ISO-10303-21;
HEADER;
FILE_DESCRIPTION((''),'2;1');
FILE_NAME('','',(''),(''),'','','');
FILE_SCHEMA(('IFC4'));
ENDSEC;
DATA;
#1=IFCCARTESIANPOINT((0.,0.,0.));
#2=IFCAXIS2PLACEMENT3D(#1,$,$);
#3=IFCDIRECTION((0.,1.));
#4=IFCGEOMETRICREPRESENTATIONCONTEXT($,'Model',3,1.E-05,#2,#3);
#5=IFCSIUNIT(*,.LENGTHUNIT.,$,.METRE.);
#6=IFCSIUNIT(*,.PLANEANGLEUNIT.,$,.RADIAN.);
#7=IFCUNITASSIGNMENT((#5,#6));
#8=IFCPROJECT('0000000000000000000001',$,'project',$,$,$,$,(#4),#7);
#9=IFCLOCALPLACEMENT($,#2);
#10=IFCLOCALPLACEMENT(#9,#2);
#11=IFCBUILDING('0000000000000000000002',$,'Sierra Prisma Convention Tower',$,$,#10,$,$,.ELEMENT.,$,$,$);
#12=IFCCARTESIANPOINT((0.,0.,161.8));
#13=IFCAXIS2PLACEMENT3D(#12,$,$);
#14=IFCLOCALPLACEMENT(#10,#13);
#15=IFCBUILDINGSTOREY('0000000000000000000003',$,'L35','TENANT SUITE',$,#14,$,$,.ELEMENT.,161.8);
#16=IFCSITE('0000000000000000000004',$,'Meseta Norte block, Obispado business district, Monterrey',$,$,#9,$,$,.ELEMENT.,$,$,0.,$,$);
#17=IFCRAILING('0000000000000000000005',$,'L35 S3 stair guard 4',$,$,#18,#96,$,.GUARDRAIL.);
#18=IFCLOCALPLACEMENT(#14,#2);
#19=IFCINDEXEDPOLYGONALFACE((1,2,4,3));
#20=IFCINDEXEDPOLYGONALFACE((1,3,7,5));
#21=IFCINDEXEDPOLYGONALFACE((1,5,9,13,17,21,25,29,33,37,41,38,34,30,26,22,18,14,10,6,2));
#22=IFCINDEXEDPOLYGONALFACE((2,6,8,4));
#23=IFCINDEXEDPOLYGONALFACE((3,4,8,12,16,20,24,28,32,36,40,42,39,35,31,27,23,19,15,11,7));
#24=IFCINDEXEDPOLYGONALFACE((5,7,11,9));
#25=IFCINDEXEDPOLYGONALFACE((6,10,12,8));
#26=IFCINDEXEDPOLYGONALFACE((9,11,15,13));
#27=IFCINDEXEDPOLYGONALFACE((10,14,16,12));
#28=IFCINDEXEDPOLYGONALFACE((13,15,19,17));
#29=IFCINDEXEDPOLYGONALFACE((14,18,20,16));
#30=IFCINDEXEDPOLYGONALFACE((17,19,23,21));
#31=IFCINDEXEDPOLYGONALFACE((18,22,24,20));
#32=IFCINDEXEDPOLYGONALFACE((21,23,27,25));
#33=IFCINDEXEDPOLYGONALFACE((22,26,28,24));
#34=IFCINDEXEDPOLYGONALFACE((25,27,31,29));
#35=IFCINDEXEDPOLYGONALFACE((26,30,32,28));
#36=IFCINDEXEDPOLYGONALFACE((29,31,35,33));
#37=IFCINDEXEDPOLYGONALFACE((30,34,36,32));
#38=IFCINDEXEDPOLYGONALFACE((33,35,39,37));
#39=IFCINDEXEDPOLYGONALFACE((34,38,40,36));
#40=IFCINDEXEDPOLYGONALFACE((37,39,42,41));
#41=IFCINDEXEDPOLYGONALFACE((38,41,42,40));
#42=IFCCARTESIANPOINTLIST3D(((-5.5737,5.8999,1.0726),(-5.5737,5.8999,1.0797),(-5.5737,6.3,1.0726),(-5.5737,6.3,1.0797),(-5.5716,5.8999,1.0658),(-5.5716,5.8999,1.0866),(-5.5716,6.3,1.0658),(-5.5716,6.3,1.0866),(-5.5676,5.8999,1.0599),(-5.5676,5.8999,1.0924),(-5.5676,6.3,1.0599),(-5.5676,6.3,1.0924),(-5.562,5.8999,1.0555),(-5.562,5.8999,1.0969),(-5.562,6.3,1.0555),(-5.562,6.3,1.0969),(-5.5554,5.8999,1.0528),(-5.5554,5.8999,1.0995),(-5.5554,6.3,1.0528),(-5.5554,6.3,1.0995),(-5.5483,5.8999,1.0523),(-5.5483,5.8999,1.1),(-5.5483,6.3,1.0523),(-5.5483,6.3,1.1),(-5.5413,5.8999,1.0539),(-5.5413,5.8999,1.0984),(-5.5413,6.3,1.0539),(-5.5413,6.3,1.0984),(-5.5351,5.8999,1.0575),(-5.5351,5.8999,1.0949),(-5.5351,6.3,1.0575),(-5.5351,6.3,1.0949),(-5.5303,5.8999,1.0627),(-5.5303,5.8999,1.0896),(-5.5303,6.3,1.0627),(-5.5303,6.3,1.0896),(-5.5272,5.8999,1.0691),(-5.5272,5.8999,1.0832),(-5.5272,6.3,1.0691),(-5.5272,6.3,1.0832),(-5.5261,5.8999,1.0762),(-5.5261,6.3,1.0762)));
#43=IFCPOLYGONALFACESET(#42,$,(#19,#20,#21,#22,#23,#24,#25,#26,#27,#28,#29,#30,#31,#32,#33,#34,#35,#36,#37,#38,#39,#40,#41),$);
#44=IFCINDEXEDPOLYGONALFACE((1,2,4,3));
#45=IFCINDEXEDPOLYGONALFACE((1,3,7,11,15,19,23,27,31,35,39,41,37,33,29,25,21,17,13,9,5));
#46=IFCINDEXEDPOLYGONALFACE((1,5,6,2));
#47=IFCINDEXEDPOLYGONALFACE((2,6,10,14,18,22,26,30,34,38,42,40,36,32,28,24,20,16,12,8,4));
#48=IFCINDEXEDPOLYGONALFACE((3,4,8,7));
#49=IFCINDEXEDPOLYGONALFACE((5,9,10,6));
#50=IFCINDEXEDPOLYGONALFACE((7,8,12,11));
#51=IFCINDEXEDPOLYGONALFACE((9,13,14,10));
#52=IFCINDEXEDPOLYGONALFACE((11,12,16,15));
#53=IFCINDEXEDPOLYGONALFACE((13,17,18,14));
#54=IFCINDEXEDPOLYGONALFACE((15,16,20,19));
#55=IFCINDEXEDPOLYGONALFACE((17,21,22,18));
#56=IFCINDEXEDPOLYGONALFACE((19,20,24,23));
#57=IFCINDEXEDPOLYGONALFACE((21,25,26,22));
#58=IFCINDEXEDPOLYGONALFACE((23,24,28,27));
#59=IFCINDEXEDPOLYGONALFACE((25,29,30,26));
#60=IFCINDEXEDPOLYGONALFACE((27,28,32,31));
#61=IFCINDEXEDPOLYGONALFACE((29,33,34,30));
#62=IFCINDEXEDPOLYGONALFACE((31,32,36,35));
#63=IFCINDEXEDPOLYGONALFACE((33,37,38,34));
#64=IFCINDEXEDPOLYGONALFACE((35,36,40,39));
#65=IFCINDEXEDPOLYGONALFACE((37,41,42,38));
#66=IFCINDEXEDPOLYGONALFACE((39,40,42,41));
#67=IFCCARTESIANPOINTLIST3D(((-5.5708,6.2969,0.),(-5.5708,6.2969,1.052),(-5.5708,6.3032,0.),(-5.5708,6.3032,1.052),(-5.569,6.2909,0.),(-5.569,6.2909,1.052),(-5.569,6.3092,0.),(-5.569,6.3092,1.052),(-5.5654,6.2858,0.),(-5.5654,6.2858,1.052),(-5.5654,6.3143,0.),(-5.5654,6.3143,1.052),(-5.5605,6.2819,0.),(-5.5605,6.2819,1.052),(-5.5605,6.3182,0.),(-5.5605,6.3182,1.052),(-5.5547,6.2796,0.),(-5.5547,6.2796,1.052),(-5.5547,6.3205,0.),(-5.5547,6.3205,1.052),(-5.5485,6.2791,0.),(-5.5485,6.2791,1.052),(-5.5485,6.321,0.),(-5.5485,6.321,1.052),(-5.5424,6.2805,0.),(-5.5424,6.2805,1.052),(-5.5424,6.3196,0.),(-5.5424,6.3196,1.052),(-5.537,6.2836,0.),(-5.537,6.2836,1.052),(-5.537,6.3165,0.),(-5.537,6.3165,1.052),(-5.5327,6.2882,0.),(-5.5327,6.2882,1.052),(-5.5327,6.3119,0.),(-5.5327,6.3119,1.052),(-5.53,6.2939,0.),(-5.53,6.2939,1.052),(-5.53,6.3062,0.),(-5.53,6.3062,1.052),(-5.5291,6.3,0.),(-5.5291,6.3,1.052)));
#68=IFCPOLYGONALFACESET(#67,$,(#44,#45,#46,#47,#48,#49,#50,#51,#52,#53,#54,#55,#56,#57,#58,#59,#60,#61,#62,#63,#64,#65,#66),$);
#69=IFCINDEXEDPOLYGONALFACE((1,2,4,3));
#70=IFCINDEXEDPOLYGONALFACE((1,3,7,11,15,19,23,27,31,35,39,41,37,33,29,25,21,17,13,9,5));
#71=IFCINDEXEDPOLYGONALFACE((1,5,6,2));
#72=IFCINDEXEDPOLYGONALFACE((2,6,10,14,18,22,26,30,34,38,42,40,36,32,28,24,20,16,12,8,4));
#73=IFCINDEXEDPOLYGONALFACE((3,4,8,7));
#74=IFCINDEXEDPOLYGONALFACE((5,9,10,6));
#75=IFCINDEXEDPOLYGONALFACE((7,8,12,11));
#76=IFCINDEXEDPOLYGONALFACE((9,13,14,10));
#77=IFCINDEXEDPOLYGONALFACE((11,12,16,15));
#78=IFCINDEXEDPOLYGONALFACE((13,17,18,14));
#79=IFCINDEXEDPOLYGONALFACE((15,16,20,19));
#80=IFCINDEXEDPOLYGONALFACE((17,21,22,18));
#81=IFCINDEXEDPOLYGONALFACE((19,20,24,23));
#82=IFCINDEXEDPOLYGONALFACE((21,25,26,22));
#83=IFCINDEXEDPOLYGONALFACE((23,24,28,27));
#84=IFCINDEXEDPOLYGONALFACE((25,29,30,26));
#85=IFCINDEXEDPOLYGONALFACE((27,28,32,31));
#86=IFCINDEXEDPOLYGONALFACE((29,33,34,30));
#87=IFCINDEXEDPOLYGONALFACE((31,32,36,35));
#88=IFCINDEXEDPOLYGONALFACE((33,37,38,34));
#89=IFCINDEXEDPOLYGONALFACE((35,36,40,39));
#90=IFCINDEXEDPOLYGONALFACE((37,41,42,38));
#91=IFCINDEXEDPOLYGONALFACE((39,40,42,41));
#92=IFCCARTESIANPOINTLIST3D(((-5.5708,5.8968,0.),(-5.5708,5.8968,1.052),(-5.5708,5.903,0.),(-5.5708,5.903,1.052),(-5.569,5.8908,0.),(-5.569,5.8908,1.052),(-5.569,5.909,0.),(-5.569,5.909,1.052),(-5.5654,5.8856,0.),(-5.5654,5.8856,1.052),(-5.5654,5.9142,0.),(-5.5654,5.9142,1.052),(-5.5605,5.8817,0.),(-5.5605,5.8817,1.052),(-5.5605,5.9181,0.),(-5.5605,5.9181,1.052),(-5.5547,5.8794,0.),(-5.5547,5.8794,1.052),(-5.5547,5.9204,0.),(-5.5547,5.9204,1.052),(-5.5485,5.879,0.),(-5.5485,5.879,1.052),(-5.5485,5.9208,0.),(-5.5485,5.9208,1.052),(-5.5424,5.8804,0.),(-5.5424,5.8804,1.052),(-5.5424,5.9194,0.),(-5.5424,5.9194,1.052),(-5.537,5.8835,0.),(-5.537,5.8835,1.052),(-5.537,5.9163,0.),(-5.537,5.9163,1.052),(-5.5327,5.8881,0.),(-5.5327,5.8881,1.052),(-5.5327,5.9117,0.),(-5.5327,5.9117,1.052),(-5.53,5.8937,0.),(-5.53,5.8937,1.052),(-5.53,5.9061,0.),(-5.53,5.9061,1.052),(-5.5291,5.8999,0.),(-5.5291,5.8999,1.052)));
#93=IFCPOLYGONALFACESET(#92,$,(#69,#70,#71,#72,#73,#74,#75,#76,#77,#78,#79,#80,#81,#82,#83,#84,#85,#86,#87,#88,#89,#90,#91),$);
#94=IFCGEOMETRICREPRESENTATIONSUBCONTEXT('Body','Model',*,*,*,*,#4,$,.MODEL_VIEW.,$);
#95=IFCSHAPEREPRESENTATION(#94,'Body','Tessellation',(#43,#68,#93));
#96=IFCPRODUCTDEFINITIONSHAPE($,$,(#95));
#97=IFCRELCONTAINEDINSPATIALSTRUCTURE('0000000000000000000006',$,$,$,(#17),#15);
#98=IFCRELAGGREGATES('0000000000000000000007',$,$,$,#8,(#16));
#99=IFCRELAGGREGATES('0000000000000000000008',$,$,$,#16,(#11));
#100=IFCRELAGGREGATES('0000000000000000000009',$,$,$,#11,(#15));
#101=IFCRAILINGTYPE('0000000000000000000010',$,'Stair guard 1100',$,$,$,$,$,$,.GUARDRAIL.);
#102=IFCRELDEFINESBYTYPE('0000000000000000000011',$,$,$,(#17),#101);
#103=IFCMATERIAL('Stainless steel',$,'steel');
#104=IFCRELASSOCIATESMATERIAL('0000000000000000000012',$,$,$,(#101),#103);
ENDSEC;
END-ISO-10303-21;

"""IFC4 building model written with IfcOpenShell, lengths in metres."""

from ifc_helpers import new_model, si_unit, direction, frame, origin, origin_2d, place, context, subcontext, project, spatial, circle, extrude, material, type_object, element, save


model = new_model("IFC4")

# Units and contexts
model_context = context("Model", 3, precision=1e-05, world=origin(), true_north=direction((0.0, 1.0)))
body_context = subcontext(model_context, "Body", "Model", "MODEL_VIEW")
ifc_project = project(units=[si_unit("LENGTHUNIT", "METRE"), si_unit("PLANEANGLEUNIT", "RADIAN")], contexts=[model_context])

# Site, building, storey
site_placement = place(None, origin())
site = spatial("IfcSite", under=ifc_project, at=site_placement, Name="Meseta Norte block, Obispado business district, Monterrey", CompositionType="ELEMENT", RefElevation=0.0)
building_placement = place(site_placement, origin())
building = spatial("IfcBuilding", under=site, at=building_placement, Name="Sierra Prisma Convention Tower", CompositionType="ELEMENT")
storey_placement = place(building_placement, frame((0.0, 0.0, 161.8)))
storey = spatial("IfcBuildingStorey", under=building, at=storey_placement, Name="L35", Description="TENANT SUITE", CompositionType="ELEMENT", Elevation=161.8)

# Railing
ifc_material_1 = material(Name="Stainless steel", Category="steel")
railing_type_1 = type_object("IfcRailingType", Name="Stair guard 1100", PredefinedType="GUARDRAIL", material=ifc_material_1)
railing_1_placement = place(storey_placement, frame((-5.55, 6.3, 0.0)))
element("IfcRailing", 1, at=railing_1_placement, inside=storey, type_object=railing_type_1, Name="L35 S3 stair guard 4", PredefinedType="GUARDRAIL", context=body_context, shape_type="SweptSolid", body=[
    extrude(circle(Radius=0.0239, at=origin_2d()), frame((0.0, 0.0, 1.0762), z_axis=(0.0, -1.0, 0.0), x_axis=(1.0, 0.0, 0.0)), (0.0, 0.0, 1.0), 0.4001),
    extrude(circle(Radius=0.021, at=origin_2d()), origin(), (0.0, 0.0, 1.0), 1.052),
    extrude(circle(Radius=0.021, at=origin_2d()), frame((0.0, -0.4001, 0.0)), (0.0, 0.0, 1.0), 1.052),
])

save(model, "model.ifc")
